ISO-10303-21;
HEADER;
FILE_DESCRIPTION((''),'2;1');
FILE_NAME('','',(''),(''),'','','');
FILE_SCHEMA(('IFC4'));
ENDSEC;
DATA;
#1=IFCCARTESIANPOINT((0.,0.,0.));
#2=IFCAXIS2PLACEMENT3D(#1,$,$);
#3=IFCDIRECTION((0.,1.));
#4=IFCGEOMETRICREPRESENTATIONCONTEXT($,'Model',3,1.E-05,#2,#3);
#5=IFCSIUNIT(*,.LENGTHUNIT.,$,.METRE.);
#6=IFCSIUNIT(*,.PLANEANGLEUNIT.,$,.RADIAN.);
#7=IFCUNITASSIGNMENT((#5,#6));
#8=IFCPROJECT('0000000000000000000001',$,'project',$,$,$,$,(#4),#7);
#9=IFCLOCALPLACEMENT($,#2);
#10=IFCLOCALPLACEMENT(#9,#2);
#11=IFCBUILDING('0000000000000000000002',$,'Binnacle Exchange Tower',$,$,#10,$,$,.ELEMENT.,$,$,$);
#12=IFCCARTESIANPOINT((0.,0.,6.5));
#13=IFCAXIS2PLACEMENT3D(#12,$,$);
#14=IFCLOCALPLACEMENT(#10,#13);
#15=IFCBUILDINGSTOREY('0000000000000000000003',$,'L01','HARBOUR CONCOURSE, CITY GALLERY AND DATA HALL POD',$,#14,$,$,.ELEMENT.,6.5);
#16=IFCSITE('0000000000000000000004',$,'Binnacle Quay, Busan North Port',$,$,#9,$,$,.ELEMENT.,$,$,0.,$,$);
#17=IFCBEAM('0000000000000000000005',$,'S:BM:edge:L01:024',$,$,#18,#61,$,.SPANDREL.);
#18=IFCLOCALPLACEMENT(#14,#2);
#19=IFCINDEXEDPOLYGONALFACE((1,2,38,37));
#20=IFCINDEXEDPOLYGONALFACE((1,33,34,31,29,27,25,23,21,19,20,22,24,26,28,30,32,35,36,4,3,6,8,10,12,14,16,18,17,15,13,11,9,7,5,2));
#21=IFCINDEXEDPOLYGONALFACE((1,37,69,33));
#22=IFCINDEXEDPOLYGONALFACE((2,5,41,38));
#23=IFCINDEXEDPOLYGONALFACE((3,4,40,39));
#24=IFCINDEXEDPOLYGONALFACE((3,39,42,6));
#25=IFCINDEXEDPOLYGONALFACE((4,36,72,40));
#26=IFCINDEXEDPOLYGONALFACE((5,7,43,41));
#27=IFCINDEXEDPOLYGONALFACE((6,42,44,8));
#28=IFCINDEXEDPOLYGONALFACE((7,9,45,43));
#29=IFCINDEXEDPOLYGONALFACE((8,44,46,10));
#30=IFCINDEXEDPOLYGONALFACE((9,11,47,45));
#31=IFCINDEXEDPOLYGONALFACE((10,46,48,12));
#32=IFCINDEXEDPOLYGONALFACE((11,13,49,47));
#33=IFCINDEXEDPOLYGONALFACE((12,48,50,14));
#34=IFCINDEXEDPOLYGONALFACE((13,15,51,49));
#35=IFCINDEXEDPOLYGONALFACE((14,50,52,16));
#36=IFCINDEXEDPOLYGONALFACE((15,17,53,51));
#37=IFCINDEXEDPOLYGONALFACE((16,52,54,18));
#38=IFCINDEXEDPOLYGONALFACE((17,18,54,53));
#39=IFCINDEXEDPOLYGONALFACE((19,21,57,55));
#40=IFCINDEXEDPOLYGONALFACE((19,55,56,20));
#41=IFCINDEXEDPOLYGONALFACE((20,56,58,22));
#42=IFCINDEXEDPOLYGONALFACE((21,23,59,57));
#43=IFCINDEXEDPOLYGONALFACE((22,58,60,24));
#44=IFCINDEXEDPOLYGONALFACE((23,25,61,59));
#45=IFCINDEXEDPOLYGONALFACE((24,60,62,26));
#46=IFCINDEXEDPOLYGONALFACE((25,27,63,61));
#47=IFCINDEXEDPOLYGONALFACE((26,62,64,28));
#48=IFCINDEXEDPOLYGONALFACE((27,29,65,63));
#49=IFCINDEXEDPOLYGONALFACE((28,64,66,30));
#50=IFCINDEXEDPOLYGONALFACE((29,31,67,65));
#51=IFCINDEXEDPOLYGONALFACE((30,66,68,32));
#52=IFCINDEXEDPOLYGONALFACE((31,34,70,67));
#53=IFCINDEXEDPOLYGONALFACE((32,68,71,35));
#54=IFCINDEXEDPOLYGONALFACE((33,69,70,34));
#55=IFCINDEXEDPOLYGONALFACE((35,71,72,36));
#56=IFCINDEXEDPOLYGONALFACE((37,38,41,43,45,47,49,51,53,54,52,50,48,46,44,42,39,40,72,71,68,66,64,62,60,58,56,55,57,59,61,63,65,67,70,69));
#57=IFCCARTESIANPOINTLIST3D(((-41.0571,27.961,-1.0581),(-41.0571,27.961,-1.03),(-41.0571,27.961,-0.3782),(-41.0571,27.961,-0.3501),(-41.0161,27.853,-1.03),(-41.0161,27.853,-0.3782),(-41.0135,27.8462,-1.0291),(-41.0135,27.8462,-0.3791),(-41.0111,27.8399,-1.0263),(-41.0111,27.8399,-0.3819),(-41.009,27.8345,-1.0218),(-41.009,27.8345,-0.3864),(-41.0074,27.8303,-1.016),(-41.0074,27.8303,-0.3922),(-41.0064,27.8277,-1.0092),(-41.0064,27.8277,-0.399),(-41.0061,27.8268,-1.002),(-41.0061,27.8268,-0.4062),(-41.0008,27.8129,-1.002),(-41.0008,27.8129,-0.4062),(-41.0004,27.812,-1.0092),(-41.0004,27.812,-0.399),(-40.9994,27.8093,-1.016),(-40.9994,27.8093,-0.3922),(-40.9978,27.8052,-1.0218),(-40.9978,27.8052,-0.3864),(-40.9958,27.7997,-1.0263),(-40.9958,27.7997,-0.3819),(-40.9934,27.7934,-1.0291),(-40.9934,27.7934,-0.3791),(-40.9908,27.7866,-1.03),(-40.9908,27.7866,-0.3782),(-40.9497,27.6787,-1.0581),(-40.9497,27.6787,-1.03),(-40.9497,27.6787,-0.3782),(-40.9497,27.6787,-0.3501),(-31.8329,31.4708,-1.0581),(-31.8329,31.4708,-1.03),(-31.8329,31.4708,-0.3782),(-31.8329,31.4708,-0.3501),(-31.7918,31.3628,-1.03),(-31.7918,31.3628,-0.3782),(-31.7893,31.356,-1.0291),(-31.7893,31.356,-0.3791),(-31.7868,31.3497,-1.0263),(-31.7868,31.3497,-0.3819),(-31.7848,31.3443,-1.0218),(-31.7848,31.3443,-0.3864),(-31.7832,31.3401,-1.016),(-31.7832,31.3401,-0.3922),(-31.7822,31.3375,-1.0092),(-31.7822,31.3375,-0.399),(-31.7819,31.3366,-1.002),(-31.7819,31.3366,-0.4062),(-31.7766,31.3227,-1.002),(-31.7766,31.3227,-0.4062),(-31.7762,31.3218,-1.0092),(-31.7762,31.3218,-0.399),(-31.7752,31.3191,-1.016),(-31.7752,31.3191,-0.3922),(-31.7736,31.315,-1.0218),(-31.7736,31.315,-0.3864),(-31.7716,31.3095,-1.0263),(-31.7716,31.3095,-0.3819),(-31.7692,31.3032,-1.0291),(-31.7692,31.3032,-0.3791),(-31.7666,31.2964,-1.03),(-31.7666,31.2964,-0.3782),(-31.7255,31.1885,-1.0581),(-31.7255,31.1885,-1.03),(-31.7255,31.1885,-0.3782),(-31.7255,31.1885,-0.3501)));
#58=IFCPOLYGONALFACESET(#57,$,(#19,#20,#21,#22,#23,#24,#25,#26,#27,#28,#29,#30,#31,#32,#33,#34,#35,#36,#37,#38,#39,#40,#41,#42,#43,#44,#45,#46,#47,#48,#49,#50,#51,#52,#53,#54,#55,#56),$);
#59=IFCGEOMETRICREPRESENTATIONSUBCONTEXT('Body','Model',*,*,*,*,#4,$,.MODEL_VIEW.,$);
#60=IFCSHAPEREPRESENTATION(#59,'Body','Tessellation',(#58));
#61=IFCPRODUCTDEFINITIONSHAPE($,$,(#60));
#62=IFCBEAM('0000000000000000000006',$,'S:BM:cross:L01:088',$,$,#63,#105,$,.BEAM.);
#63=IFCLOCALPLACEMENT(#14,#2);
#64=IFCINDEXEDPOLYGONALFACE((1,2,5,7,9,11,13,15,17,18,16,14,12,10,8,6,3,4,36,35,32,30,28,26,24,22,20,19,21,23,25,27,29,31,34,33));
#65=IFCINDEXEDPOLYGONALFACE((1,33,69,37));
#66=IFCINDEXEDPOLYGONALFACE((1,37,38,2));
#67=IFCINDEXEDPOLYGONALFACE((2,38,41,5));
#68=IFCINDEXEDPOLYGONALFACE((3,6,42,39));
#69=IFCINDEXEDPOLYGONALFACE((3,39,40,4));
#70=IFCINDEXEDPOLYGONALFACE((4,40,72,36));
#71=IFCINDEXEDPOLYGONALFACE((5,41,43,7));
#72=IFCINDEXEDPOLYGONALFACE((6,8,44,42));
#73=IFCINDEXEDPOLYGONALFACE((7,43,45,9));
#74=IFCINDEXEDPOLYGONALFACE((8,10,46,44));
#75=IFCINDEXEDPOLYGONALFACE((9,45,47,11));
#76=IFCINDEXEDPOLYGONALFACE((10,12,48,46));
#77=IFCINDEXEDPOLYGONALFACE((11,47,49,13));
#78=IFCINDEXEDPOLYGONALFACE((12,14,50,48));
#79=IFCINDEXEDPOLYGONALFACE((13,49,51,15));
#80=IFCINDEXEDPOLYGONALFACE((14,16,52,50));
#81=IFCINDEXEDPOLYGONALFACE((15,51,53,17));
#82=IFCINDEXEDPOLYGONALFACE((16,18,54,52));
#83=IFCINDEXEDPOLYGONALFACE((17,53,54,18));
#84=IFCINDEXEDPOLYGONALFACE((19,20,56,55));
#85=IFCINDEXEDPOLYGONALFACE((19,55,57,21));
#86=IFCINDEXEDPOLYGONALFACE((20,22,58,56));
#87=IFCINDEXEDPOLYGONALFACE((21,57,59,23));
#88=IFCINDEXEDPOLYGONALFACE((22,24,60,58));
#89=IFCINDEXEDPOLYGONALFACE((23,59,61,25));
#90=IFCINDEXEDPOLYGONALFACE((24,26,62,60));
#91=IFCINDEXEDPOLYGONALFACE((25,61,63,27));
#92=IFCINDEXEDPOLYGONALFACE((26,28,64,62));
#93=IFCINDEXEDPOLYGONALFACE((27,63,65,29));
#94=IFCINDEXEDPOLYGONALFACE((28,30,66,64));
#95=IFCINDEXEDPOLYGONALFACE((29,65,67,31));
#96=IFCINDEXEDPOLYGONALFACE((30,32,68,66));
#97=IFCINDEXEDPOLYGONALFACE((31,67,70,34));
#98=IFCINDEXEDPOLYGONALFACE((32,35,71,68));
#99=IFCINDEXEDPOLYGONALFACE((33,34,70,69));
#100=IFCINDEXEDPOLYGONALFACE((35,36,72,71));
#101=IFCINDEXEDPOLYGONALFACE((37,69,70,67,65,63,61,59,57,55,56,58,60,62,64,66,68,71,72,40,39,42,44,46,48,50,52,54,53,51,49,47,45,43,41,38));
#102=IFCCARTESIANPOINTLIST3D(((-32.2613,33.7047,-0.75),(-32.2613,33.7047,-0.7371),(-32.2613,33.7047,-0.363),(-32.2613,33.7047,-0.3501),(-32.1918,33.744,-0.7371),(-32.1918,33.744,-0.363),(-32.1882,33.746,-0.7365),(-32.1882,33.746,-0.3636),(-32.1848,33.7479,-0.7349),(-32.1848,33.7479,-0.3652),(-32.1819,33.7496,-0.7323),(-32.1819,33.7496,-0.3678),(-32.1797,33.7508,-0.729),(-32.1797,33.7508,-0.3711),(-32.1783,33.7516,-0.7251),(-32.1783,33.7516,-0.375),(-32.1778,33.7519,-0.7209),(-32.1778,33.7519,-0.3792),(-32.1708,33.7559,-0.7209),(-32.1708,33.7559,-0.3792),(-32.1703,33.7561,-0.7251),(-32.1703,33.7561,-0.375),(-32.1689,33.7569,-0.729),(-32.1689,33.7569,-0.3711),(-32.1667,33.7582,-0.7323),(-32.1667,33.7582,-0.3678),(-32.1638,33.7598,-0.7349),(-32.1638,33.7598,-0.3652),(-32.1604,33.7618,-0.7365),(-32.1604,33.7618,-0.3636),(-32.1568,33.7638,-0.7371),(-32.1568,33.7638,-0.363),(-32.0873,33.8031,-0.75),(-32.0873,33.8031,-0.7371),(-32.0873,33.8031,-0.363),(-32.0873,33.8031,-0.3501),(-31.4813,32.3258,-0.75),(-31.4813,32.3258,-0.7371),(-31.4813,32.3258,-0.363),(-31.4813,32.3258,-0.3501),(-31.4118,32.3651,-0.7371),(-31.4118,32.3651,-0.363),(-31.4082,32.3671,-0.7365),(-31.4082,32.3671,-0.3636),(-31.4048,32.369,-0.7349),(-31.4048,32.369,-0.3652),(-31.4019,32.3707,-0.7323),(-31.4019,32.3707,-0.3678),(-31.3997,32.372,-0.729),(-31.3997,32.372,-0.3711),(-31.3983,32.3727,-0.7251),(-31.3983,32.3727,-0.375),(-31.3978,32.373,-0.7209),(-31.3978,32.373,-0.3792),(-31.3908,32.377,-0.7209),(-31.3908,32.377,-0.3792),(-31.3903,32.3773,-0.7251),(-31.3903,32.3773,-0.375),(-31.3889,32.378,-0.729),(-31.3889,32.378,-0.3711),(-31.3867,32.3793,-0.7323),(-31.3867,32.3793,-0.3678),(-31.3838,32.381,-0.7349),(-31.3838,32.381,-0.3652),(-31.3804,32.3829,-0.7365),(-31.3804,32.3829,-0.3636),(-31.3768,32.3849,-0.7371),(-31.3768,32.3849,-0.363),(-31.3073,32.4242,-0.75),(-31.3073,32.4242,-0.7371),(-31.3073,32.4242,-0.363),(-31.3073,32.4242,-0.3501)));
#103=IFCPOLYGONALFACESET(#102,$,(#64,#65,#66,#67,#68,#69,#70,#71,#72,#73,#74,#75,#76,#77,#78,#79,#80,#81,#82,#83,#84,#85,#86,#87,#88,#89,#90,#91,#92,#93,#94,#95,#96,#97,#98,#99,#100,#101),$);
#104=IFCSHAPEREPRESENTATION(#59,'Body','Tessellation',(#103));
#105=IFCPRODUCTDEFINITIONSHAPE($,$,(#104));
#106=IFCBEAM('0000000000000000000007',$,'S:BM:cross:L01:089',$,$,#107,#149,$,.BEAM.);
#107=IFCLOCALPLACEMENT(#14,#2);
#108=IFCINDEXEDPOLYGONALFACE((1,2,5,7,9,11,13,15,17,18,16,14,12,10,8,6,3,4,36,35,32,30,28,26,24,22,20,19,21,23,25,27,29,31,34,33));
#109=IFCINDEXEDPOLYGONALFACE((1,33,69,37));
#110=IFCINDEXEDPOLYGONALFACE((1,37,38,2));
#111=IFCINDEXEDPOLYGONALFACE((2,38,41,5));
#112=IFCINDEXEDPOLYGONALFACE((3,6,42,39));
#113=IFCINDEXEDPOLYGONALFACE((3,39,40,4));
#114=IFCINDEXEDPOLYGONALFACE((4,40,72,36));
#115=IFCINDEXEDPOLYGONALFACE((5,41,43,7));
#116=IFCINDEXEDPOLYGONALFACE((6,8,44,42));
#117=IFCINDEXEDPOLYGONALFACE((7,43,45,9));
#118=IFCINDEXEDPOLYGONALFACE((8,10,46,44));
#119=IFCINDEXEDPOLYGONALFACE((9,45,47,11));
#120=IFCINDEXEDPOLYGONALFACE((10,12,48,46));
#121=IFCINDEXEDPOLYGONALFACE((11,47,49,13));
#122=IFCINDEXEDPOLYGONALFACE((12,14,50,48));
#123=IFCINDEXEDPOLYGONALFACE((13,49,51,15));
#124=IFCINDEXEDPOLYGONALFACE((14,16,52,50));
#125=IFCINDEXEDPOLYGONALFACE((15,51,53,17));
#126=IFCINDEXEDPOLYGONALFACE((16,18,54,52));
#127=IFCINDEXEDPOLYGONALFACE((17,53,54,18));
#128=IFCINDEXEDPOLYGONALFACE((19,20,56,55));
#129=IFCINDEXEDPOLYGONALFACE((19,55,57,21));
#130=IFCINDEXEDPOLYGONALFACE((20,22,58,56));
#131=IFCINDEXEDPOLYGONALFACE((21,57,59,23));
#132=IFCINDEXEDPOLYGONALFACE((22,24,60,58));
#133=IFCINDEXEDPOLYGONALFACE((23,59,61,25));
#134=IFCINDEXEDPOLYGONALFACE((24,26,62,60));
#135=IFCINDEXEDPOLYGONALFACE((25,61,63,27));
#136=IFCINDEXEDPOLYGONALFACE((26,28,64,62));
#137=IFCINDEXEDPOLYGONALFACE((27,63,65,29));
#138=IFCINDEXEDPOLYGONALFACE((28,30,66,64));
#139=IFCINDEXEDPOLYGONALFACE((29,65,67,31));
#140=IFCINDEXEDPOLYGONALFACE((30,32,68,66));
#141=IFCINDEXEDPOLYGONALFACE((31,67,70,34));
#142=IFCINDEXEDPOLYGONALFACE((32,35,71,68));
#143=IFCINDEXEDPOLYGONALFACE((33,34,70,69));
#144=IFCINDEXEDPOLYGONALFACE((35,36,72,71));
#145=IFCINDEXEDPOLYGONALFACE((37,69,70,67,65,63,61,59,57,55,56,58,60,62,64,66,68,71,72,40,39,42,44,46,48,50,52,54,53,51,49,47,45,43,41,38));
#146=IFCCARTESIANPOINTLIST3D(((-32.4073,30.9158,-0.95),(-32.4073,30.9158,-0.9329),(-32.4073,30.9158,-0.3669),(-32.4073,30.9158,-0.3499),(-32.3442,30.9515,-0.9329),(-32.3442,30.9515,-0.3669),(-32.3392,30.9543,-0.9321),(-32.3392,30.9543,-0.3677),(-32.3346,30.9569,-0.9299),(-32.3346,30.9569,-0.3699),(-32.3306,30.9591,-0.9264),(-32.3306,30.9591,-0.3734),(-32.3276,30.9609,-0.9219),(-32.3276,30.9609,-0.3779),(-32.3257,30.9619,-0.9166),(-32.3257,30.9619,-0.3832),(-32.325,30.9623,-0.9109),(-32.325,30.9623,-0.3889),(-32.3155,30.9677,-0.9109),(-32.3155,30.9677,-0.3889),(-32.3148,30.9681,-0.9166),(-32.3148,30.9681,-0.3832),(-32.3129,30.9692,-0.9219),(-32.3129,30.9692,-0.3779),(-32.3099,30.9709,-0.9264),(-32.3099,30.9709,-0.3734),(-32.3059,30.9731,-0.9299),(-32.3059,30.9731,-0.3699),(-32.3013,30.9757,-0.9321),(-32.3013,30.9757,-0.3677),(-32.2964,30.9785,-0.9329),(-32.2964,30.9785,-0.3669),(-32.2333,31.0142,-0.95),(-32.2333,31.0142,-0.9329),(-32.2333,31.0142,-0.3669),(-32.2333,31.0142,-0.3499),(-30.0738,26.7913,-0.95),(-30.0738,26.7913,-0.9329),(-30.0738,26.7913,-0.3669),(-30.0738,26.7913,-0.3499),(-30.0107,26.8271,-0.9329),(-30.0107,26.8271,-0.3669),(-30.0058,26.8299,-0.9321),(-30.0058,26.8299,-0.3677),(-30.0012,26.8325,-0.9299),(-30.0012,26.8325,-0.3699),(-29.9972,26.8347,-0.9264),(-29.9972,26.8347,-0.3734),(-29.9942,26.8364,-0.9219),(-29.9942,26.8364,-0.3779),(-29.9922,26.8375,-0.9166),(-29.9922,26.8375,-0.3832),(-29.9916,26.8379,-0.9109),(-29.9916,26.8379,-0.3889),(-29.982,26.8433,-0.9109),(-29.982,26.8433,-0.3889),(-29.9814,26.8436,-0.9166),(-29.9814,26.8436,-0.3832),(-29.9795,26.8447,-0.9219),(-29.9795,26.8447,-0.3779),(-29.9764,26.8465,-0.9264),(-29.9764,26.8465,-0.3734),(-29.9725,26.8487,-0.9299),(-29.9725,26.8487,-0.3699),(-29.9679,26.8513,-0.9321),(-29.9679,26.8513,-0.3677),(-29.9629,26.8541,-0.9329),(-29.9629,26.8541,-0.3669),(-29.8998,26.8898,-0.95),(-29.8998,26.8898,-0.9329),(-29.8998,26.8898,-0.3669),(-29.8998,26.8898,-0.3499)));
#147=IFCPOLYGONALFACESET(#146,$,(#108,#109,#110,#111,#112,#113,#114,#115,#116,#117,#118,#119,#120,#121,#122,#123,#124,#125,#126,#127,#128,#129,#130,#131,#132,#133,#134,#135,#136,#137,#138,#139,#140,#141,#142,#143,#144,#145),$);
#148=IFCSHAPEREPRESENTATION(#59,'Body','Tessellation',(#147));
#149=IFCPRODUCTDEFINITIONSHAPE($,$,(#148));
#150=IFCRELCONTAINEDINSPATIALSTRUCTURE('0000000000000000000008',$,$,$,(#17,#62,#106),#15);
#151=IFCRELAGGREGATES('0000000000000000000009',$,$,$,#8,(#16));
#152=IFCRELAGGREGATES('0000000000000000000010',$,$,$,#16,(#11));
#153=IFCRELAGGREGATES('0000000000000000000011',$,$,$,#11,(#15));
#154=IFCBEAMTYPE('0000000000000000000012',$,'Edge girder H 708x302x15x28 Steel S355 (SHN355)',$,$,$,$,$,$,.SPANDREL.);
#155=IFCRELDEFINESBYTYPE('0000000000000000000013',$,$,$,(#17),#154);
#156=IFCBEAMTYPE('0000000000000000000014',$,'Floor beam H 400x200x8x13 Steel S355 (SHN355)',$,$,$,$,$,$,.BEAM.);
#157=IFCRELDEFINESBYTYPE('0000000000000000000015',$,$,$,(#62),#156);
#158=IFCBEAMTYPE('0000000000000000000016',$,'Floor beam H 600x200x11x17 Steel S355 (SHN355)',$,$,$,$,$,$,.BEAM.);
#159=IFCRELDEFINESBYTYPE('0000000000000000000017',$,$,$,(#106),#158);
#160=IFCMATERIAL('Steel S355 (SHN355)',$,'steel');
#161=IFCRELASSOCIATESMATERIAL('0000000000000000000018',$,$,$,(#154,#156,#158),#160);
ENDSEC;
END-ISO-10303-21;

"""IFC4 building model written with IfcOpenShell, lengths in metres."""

from ifc_helpers import new_model, si_unit, direction, frame, origin, origin_2d, place, context, subcontext, project, spatial, i_section, extrude, material, material_profile, profile_set, type_object, element, save


model = new_model("IFC4")

# Units and contexts
model_context = context("Model", 3, precision=1e-05, world=origin(), true_north=direction((0.0, 1.0)))
body_context = subcontext(model_context, "Body", "Model", "MODEL_VIEW")
ifc_project = project(units=[si_unit("LENGTHUNIT", "METRE"), si_unit("PLANEANGLEUNIT", "RADIAN")], contexts=[model_context])

# Site, building, storey
site_placement = place(None, origin())
site = spatial("IfcSite", under=ifc_project, at=site_placement, Name="Binnacle Quay, Busan North Port", CompositionType="ELEMENT", RefElevation=0.0)
building_placement = place(site_placement, origin())
building = spatial("IfcBuilding", under=site, at=building_placement, Name="Binnacle Exchange Tower", CompositionType="ELEMENT")
storey_placement = place(building_placement, frame((0.0, 0.0, 6.5)))
storey = spatial("IfcBuildingStorey", under=building, at=storey_placement, Name="L01", Description="HARBOUR CONCOURSE, CITY GALLERY AND DATA HALL POD", CompositionType="ELEMENT", Elevation=6.5)

# Beams
ifc_material_1 = material(Name="Steel S355 (SHN355)", Category="steel")
ifc_material_profile_1 = material_profile(ifc_material_1, i_section(OverallWidth=0.302, OverallDepth=0.708, WebThickness=0.0149, FlangeThickness=0.0281, FilletRadius=0.0281, at=origin_2d()), Name="H 708x302x15x28")
ifc_profile_set_1 = profile_set([ifc_material_profile_1], Name="Steel S355 (SHN355)")
beam_type_1 = type_object("IfcBeamType", Name="Edge girder H 708x302x15x28 Steel S355 (SHN355)", PredefinedType="SPANDREL", material=ifc_profile_set_1)
beam_1_placement = place(storey_placement, frame((-41.0034, 27.8198, -0.7041), z_axis=(0.934629, 0.355625, 0.0), x_axis=(-0.355625, 0.934629, 0.0)))
element("IfcBeam", 1, at=beam_1_placement, inside=storey, type_object=beam_type_1, Name="S:BM:edge:L01:024", PredefinedType="SPANDREL", context=body_context, shape_type="SweptSolid", body=[
    extrude(i_section(OverallWidth=0.302, OverallDepth=0.708, WebThickness=0.0149, FlangeThickness=0.0281, FilletRadius=0.0281, at=origin_2d()), origin(), (0.0, 0.0, 1.0), 9.8694),
])
ifc_material_profile_2 = material_profile(ifc_material_1, i_section(OverallWidth=0.2, OverallDepth=0.3999, WebThickness=0.0081, FlangeThickness=0.0129, FilletRadius=0.0161, at=origin_2d()), Name="H 400x200x8x13")
ifc_profile_set_2 = profile_set([ifc_material_profile_2], Name="Steel S355 (SHN355)")
beam_type_2 = type_object("IfcBeamType", Name="Floor beam H 400x200x8x13 Steel S355 (SHN355)", PredefinedType="BEAM", material=ifc_profile_set_2)
beam_2_placement = place(storey_placement, frame((-31.3943, 32.375, -0.55), z_axis=(-0.492367, 0.870388, 0.0), x_axis=(-0.870388, -0.492367, 0.0)))
element("IfcBeam", 2, at=beam_2_placement, inside=storey, type_object=beam_type_2, Name="S:BM:cross:L01:088", PredefinedType="BEAM", context=body_context, shape_type="SweptSolid", body=[
    extrude(i_section(OverallWidth=0.2, OverallDepth=0.3999, WebThickness=0.0081, FlangeThickness=0.0129, FilletRadius=0.0161, at=origin_2d()), origin(), (0.0, 0.0, 1.0), 1.5842),
])
ifc_material_profile_3 = material_profile(ifc_material_1, i_section(OverallWidth=0.2, OverallDepth=0.6001, WebThickness=0.011, FlangeThickness=0.0171, FilletRadius=0.022, at=origin_2d()), Name="H 600x200x11x17")
ifc_profile_set_3 = profile_set([ifc_material_profile_3], Name="Steel S355 (SHN355)")
beam_type_3 = type_object("IfcBeamType", Name="Floor beam H 600x200x11x17 Steel S355 (SHN355)", PredefinedType="BEAM", material=ifc_profile_set_3)
beam_3_placement = place(storey_placement, frame((-29.9868, 26.8406, -0.6499), z_axis=(-0.492417, 0.870359, 0.0), x_axis=(-0.870359, -0.492417, 0.0)))
element("IfcBeam", 3, at=beam_3_placement, inside=storey, type_object=beam_type_3, Name="S:BM:cross:L01:089", PredefinedType="BEAM", context=body_context, shape_type="SweptSolid", body=[
    extrude(i_section(OverallWidth=0.2, OverallDepth=0.6001, WebThickness=0.011, FlangeThickness=0.0171, FilletRadius=0.022, at=origin_2d()), origin(), (0.0, 0.0, 1.0), 4.7388),
])

save(model, "model.ifc")
